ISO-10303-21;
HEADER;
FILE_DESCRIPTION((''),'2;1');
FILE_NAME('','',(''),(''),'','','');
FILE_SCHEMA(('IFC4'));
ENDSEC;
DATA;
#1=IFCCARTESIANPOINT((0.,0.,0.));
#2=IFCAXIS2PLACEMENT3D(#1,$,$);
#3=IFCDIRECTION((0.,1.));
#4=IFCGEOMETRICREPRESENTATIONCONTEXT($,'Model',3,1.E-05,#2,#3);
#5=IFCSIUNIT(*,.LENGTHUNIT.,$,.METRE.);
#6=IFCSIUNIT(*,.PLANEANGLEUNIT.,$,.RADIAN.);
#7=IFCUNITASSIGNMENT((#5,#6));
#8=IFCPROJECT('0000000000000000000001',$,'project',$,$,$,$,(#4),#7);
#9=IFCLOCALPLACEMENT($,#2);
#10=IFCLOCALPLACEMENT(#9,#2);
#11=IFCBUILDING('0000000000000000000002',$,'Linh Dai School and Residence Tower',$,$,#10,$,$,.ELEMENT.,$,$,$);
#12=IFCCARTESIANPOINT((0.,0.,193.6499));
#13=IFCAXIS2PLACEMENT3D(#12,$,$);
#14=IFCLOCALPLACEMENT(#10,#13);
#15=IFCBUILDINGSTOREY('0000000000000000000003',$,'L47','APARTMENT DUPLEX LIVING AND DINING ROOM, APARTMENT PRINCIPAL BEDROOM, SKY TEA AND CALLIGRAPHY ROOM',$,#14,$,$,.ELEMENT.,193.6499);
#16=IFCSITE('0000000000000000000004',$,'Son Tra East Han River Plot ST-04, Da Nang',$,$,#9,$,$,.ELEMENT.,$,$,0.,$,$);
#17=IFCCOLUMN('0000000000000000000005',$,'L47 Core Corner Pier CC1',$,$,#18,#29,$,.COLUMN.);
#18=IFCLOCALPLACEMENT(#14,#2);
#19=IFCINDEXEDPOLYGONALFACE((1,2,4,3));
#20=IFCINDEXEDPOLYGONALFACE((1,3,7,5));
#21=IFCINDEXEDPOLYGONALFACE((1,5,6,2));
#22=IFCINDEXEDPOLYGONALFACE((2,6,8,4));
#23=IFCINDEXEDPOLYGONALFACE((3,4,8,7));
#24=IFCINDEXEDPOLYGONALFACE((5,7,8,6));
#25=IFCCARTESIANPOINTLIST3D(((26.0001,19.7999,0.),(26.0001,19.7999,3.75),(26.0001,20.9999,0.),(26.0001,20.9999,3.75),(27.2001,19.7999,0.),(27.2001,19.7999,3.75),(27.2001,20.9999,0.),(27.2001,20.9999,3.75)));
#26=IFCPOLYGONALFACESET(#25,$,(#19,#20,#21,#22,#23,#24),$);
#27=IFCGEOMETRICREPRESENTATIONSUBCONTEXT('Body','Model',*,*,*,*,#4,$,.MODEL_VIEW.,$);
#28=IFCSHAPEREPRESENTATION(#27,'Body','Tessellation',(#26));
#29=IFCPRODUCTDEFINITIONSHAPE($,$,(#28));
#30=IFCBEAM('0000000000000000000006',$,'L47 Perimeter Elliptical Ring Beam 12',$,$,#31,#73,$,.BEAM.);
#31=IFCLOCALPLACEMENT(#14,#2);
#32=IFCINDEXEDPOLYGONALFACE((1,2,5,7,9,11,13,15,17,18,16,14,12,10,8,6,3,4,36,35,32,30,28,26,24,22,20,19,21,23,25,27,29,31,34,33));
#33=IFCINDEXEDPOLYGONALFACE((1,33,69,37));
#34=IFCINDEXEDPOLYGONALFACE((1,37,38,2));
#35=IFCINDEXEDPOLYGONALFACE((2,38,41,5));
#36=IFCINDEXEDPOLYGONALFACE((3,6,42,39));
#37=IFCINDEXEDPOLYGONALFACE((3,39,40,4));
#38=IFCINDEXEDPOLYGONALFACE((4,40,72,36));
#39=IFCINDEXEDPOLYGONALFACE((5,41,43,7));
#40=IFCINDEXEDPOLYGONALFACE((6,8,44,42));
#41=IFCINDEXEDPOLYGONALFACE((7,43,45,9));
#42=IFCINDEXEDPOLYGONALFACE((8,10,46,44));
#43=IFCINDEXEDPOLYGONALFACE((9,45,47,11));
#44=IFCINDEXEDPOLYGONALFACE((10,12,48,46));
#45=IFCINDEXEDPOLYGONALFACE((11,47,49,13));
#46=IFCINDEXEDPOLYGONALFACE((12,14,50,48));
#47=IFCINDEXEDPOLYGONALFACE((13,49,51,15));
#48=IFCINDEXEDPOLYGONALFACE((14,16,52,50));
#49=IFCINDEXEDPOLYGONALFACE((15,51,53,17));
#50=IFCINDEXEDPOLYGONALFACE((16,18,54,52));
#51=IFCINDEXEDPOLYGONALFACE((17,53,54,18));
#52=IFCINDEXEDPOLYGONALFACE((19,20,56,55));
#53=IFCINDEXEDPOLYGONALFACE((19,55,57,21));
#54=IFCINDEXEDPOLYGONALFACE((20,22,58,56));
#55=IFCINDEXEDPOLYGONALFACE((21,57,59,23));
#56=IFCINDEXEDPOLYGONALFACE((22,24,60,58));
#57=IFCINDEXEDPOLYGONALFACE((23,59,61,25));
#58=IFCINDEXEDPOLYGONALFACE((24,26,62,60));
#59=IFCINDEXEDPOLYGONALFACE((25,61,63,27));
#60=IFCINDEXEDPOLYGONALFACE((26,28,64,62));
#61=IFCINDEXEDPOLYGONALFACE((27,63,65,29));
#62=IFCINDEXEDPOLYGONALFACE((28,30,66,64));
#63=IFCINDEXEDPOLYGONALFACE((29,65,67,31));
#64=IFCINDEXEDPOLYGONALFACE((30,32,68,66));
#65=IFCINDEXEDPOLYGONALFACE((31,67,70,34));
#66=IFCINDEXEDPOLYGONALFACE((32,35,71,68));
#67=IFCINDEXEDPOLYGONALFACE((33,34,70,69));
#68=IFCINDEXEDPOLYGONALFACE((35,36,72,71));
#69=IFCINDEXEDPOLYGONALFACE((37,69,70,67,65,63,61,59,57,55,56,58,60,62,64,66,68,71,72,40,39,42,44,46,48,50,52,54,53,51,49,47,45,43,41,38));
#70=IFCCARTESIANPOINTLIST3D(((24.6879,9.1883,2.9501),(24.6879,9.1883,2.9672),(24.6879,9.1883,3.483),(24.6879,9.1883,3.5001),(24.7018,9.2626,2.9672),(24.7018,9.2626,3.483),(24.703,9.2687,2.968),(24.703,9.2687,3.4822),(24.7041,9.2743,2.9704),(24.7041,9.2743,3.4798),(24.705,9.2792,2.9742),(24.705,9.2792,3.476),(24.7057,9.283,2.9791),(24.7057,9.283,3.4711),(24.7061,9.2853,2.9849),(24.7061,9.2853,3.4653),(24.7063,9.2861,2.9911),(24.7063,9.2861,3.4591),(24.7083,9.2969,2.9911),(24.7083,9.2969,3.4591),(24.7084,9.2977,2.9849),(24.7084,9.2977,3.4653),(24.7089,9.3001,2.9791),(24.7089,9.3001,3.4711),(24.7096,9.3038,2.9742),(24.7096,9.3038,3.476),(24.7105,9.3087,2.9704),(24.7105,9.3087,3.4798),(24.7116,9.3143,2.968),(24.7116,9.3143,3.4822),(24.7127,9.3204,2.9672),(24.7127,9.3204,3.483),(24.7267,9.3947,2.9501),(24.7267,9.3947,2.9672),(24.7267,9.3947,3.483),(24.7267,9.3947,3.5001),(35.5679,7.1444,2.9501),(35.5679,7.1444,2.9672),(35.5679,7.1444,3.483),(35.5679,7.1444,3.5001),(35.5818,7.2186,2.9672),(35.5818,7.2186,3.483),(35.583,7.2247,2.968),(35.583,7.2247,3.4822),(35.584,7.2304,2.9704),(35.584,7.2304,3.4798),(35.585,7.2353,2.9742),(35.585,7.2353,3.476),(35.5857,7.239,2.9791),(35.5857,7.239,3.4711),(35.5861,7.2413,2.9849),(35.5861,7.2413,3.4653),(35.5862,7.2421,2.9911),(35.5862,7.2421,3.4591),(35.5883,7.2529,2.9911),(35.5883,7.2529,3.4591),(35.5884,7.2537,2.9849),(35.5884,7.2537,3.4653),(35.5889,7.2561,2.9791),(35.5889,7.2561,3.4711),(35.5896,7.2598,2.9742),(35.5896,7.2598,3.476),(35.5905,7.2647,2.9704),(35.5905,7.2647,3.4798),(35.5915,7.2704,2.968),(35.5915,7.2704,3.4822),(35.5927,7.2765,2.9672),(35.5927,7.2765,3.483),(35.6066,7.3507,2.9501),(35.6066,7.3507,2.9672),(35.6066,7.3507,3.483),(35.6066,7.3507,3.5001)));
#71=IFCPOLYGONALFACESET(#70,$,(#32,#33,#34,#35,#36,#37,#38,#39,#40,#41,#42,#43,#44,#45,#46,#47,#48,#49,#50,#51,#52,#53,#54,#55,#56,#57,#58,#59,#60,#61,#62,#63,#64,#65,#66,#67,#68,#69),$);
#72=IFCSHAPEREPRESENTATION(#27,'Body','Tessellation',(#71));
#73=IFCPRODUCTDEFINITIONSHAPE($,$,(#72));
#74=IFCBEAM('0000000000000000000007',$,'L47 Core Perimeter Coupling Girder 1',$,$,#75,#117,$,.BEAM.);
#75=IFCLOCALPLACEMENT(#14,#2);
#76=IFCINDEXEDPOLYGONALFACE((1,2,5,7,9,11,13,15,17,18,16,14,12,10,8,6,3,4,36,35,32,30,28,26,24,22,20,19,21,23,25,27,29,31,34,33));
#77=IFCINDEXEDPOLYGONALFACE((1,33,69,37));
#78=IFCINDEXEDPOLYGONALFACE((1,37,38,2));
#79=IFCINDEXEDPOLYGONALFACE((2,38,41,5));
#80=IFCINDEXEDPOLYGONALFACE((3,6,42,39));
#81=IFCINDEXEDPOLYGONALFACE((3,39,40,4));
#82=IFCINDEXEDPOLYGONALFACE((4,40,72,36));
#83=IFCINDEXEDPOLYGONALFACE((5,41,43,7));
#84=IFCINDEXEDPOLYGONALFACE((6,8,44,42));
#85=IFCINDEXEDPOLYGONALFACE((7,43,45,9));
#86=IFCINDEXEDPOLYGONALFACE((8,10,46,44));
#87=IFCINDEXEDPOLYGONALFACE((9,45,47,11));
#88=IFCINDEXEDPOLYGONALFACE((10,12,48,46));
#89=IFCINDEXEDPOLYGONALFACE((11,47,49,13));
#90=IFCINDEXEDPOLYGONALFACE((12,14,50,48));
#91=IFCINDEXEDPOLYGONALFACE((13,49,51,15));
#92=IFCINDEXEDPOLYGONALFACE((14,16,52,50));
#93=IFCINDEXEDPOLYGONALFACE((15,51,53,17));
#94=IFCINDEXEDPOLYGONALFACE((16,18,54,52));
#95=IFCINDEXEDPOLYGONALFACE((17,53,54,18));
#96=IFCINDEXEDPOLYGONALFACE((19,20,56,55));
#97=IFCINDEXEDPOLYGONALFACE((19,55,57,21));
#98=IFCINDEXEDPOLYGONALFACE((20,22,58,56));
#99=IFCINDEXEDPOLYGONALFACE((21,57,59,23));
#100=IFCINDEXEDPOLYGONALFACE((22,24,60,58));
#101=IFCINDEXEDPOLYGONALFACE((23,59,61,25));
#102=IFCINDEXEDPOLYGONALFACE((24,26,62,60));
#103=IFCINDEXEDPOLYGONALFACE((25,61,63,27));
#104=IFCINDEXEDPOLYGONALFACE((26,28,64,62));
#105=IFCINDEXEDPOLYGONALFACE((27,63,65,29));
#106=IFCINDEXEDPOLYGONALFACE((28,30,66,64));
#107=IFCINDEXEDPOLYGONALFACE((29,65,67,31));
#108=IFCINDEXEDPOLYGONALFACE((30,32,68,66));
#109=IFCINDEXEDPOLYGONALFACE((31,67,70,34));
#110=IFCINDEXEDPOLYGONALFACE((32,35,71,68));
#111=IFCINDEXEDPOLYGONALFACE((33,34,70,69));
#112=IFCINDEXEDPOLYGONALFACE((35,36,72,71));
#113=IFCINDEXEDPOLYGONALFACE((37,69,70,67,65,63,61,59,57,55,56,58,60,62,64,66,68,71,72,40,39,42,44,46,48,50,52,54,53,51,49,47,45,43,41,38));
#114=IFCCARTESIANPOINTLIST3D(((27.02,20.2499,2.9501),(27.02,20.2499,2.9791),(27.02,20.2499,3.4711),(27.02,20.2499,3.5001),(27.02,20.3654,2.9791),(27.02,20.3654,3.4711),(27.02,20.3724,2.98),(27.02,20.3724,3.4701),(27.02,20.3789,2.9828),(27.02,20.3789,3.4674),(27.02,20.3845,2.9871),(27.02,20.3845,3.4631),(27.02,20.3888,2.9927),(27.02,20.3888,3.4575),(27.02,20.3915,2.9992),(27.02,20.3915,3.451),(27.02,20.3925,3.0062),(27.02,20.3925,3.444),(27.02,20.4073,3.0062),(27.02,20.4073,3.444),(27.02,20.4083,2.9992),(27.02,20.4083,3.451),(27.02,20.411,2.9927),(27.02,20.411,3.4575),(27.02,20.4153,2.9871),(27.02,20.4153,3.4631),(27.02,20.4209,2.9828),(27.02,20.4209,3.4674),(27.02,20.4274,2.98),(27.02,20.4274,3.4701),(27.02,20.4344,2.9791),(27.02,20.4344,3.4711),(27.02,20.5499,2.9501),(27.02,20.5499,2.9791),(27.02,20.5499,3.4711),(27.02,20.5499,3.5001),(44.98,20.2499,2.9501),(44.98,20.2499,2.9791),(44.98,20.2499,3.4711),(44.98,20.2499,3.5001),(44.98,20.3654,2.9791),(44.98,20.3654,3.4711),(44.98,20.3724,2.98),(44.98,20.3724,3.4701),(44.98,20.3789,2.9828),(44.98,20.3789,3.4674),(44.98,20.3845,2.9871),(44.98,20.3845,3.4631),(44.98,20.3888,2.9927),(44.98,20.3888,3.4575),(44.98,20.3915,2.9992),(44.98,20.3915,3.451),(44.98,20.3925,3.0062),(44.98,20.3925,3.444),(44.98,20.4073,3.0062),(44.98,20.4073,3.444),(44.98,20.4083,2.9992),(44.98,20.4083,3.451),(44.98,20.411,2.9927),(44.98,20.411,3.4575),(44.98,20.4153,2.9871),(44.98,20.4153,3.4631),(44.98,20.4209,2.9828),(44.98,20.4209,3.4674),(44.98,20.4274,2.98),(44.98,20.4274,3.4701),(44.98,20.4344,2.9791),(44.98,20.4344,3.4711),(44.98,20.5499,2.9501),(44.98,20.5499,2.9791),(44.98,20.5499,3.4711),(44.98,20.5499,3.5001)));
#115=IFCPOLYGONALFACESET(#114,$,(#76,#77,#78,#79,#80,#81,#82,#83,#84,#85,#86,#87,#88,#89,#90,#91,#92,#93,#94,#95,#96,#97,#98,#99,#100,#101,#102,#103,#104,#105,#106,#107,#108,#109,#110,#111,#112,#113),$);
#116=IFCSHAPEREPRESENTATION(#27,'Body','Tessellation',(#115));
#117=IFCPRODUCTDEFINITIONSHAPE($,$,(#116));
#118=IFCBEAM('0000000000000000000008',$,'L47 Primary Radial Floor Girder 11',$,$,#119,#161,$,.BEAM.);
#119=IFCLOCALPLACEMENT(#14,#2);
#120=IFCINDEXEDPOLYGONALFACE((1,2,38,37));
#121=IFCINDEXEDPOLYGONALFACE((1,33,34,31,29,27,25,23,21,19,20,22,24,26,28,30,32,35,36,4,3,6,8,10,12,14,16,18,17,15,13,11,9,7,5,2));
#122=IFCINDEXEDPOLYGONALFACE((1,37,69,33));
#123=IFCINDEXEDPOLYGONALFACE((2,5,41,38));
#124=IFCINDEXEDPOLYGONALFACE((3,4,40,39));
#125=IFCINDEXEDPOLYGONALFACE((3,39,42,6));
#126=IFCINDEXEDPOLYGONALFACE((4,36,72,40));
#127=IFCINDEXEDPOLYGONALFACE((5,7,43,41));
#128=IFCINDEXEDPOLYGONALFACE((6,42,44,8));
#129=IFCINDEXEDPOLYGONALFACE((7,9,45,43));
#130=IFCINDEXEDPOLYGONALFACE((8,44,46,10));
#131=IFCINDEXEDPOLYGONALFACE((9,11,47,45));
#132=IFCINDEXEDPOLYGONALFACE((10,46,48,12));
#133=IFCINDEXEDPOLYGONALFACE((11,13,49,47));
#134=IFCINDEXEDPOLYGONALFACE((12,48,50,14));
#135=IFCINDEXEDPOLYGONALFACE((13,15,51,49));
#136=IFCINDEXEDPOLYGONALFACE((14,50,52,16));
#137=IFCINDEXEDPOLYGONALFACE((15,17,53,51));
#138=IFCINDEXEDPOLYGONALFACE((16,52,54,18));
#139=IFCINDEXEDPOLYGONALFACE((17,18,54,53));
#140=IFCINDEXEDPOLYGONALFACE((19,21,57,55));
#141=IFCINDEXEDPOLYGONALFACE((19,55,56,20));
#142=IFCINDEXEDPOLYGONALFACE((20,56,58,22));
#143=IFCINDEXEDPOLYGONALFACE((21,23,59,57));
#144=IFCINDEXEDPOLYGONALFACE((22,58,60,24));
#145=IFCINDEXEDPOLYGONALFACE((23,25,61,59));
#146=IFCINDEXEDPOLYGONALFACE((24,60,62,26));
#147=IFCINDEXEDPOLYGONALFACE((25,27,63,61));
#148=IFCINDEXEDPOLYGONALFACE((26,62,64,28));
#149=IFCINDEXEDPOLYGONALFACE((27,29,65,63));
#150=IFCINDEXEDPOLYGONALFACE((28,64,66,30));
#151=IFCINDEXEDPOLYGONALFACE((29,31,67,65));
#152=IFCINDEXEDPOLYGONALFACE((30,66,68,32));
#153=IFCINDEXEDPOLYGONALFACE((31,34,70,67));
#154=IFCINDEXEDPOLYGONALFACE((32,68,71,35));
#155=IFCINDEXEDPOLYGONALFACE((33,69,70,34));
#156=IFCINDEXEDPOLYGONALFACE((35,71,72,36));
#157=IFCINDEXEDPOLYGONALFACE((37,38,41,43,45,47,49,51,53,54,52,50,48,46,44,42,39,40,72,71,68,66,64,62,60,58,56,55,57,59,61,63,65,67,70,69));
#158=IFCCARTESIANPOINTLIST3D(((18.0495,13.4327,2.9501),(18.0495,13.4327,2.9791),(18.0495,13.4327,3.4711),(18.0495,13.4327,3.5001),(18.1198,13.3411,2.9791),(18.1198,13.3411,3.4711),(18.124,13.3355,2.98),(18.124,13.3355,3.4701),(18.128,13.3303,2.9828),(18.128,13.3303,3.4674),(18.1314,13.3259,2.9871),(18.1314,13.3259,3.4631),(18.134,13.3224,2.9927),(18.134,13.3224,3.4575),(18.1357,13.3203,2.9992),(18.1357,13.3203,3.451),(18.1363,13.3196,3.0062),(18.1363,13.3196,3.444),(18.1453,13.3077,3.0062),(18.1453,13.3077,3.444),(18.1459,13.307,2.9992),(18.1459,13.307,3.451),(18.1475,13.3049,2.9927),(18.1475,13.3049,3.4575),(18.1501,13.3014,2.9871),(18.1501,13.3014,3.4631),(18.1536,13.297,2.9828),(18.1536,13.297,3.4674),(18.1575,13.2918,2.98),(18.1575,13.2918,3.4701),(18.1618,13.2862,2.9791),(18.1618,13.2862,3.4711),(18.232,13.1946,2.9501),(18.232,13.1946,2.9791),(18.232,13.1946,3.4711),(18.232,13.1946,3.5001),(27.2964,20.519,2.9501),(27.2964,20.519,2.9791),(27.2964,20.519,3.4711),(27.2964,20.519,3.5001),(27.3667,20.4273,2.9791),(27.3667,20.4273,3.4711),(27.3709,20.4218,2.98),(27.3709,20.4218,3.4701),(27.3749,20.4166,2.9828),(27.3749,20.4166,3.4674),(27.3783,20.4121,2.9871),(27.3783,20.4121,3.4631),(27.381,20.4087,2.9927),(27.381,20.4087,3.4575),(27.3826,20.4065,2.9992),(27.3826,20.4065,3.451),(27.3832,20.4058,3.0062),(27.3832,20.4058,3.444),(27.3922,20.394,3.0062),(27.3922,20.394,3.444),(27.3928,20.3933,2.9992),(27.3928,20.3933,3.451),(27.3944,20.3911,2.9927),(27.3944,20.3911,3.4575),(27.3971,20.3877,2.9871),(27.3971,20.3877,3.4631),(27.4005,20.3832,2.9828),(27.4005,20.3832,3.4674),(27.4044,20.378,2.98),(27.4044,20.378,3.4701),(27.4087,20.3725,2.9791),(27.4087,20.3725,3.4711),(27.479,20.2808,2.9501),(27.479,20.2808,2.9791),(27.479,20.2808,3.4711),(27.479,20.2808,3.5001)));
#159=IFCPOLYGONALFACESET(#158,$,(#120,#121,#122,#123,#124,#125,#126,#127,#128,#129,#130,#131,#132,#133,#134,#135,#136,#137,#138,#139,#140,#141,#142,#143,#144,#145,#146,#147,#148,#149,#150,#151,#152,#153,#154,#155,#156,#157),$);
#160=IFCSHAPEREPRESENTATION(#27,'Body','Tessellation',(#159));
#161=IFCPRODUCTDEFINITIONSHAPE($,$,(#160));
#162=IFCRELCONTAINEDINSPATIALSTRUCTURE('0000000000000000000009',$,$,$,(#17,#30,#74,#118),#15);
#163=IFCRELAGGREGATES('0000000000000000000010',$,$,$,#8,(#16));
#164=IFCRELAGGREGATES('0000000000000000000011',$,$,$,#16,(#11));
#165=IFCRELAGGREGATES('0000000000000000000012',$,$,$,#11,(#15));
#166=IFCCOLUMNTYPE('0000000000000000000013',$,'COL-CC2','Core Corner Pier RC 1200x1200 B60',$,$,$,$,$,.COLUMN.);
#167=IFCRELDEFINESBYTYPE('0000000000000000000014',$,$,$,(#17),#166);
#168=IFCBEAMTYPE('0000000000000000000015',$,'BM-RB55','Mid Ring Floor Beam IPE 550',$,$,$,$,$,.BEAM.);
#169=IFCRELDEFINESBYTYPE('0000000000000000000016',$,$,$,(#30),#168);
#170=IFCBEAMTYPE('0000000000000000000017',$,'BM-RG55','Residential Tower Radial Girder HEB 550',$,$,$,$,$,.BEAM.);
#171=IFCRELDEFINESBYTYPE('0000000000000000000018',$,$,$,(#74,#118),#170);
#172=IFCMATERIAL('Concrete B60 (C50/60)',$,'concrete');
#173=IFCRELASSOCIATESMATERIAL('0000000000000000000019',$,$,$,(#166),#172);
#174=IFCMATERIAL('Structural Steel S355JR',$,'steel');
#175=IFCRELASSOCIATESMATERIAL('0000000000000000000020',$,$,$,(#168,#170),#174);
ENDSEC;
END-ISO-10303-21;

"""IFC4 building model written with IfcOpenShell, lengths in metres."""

from ifc_helpers import new_model, si_unit, direction, frame, origin, origin_2d, place, context, subcontext, project, spatial, rectangle, i_section, extrude, material, material_profile, profile_set, type_object, element, save


model = new_model("IFC4")

# Units and contexts
model_context = context("Model", 3, precision=1e-05, world=origin(), true_north=direction((0.0, 1.0)))
body_context = subcontext(model_context, "Body", "Model", "MODEL_VIEW")
ifc_project = project(units=[si_unit("LENGTHUNIT", "METRE"), si_unit("PLANEANGLEUNIT", "RADIAN")], contexts=[model_context])

# Site, building, storey
site_placement = place(None, origin())
site = spatial("IfcSite", under=ifc_project, at=site_placement, Name="Son Tra East Han River Plot ST-04, Da Nang", CompositionType="ELEMENT", RefElevation=0.0)
building_placement = place(site_placement, origin())
building = spatial("IfcBuilding", under=site, at=building_placement, Name="Linh Dai School and Residence Tower", CompositionType="ELEMENT")
storey_placement = place(building_placement, frame((0.0, 0.0, 193.6499)))
storey = spatial("IfcBuildingStorey", under=building, at=storey_placement, Name="L47", Description="APARTMENT DUPLEX LIVING AND DINING ROOM, APARTMENT PRINCIPAL BEDROOM, SKY TEA AND CALLIGRAPHY ROOM", CompositionType="ELEMENT", Elevation=193.6499)

# Column
ifc_material_1 = material(Name="Concrete B60 (C50/60)", Category="concrete")
ifc_material_profile_1 = material_profile(ifc_material_1, rectangle(XDim=1.2, YDim=1.2, at=origin_2d()), Name="RC 1200x1200")
ifc_profile_set_1 = profile_set([ifc_material_profile_1], Name="Concrete B60 (C50/60)")
column_type = type_object("IfcColumnType", Name="COL-CC2", Description="Core Corner Pier RC 1200x1200 B60", PredefinedType="COLUMN", material=ifc_profile_set_1)
column_placement = place(storey_placement, frame((26.6001, 20.3999, 0.0), z_axis=(0.0, 0.0, 1.0), x_axis=(1.0, 0.0, 0.0)))
element("IfcColumn", 1, at=column_placement, inside=storey, type_object=column_type, Name="L47 Core Corner Pier CC1", PredefinedType="COLUMN", context=body_context, shape_type="SweptSolid", body=[
    extrude(rectangle(XDim=1.2, YDim=1.2, at=origin_2d()), origin(), (0.0, 0.0, 1.0), 3.75),
])

# Beams
ifc_material_2 = material(Name="Structural Steel S355JR", Category="steel")
ifc_material_profile_2 = material_profile(ifc_material_2, i_section(OverallWidth=0.21, OverallDepth=0.55, WebThickness=0.011, FlangeThickness=0.0171, FilletRadius=0.0239, at=origin_2d()), Name="IPE 550")
ifc_profile_set_2 = profile_set([ifc_material_profile_2], Name="Structural Steel S355JR")
beam_type_1 = type_object("IfcBeamType", Name="BM-RB55", Description="Mid Ring Floor Beam IPE 550", PredefinedType="BEAM", material=ifc_profile_set_2)
beam_1_placement = place(storey_placement, frame((24.7073, 9.2915, 3.2251), z_axis=(0.982807, -0.184635, 0.0), x_axis=(0.184635, 0.982807, 0.0)))
element("IfcBeam", 2, at=beam_1_placement, inside=storey, type_object=beam_type_1, Name="L47 Perimeter Elliptical Ring Beam 12", PredefinedType="BEAM", context=body_context, shape_type="SweptSolid", body=[
    extrude(i_section(OverallWidth=0.21, OverallDepth=0.55, WebThickness=0.011, FlangeThickness=0.0171, FilletRadius=0.0239, at=origin_2d()), origin(), (0.0, 0.0, 1.0), 11.0703),
])
ifc_material_profile_3 = material_profile(ifc_material_2, i_section(OverallWidth=0.3, OverallDepth=0.55, WebThickness=0.0149, FlangeThickness=0.0291, FilletRadius=0.0271, at=origin_2d()), Name="HEB 550")
ifc_profile_set_3 = profile_set([ifc_material_profile_3], Name="Structural Steel S355JR")
beam_type_2 = type_object("IfcBeamType", Name="BM-RG55", Description="Residential Tower Radial Girder HEB 550", PredefinedType="BEAM", material=ifc_profile_set_3)
beam_2_placement = place(storey_placement, frame((27.02, 20.3999, 3.2251), z_axis=(1.0, 0.0, 0.0), x_axis=(0.0, 1.0, 0.0)))
element("IfcBeam", 3, at=beam_2_placement, inside=storey, type_object=beam_type_2, Name="L47 Core Perimeter Coupling Girder 1", PredefinedType="BEAM", context=body_context, shape_type="SweptSolid", body=[
    extrude(i_section(OverallWidth=0.3, OverallDepth=0.55, WebThickness=0.0149, FlangeThickness=0.0291, FilletRadius=0.0271, at=origin_2d()), origin(), (0.0, 0.0, 1.0), 17.96),
])
beam_3_placement = place(storey_placement, frame((27.3877, 20.3999, 3.2251), z_axis=(-0.793733, -0.608267, 0.0), x_axis=(0.608267, -0.793733, 0.0)))
element("IfcBeam", 4, at=beam_3_placement, inside=storey, type_object=beam_type_2, Name="L47 Primary Radial Floor Girder 11", PredefinedType="BEAM", context=body_context, shape_type="SweptSolid", body=[
    extrude(i_section(OverallWidth=0.3, OverallDepth=0.55, WebThickness=0.0149, FlangeThickness=0.0291, FilletRadius=0.0271, at=origin_2d()), origin(), (0.0, 0.0, 1.0), 11.6499),
])

save(model, "model.ifc")
